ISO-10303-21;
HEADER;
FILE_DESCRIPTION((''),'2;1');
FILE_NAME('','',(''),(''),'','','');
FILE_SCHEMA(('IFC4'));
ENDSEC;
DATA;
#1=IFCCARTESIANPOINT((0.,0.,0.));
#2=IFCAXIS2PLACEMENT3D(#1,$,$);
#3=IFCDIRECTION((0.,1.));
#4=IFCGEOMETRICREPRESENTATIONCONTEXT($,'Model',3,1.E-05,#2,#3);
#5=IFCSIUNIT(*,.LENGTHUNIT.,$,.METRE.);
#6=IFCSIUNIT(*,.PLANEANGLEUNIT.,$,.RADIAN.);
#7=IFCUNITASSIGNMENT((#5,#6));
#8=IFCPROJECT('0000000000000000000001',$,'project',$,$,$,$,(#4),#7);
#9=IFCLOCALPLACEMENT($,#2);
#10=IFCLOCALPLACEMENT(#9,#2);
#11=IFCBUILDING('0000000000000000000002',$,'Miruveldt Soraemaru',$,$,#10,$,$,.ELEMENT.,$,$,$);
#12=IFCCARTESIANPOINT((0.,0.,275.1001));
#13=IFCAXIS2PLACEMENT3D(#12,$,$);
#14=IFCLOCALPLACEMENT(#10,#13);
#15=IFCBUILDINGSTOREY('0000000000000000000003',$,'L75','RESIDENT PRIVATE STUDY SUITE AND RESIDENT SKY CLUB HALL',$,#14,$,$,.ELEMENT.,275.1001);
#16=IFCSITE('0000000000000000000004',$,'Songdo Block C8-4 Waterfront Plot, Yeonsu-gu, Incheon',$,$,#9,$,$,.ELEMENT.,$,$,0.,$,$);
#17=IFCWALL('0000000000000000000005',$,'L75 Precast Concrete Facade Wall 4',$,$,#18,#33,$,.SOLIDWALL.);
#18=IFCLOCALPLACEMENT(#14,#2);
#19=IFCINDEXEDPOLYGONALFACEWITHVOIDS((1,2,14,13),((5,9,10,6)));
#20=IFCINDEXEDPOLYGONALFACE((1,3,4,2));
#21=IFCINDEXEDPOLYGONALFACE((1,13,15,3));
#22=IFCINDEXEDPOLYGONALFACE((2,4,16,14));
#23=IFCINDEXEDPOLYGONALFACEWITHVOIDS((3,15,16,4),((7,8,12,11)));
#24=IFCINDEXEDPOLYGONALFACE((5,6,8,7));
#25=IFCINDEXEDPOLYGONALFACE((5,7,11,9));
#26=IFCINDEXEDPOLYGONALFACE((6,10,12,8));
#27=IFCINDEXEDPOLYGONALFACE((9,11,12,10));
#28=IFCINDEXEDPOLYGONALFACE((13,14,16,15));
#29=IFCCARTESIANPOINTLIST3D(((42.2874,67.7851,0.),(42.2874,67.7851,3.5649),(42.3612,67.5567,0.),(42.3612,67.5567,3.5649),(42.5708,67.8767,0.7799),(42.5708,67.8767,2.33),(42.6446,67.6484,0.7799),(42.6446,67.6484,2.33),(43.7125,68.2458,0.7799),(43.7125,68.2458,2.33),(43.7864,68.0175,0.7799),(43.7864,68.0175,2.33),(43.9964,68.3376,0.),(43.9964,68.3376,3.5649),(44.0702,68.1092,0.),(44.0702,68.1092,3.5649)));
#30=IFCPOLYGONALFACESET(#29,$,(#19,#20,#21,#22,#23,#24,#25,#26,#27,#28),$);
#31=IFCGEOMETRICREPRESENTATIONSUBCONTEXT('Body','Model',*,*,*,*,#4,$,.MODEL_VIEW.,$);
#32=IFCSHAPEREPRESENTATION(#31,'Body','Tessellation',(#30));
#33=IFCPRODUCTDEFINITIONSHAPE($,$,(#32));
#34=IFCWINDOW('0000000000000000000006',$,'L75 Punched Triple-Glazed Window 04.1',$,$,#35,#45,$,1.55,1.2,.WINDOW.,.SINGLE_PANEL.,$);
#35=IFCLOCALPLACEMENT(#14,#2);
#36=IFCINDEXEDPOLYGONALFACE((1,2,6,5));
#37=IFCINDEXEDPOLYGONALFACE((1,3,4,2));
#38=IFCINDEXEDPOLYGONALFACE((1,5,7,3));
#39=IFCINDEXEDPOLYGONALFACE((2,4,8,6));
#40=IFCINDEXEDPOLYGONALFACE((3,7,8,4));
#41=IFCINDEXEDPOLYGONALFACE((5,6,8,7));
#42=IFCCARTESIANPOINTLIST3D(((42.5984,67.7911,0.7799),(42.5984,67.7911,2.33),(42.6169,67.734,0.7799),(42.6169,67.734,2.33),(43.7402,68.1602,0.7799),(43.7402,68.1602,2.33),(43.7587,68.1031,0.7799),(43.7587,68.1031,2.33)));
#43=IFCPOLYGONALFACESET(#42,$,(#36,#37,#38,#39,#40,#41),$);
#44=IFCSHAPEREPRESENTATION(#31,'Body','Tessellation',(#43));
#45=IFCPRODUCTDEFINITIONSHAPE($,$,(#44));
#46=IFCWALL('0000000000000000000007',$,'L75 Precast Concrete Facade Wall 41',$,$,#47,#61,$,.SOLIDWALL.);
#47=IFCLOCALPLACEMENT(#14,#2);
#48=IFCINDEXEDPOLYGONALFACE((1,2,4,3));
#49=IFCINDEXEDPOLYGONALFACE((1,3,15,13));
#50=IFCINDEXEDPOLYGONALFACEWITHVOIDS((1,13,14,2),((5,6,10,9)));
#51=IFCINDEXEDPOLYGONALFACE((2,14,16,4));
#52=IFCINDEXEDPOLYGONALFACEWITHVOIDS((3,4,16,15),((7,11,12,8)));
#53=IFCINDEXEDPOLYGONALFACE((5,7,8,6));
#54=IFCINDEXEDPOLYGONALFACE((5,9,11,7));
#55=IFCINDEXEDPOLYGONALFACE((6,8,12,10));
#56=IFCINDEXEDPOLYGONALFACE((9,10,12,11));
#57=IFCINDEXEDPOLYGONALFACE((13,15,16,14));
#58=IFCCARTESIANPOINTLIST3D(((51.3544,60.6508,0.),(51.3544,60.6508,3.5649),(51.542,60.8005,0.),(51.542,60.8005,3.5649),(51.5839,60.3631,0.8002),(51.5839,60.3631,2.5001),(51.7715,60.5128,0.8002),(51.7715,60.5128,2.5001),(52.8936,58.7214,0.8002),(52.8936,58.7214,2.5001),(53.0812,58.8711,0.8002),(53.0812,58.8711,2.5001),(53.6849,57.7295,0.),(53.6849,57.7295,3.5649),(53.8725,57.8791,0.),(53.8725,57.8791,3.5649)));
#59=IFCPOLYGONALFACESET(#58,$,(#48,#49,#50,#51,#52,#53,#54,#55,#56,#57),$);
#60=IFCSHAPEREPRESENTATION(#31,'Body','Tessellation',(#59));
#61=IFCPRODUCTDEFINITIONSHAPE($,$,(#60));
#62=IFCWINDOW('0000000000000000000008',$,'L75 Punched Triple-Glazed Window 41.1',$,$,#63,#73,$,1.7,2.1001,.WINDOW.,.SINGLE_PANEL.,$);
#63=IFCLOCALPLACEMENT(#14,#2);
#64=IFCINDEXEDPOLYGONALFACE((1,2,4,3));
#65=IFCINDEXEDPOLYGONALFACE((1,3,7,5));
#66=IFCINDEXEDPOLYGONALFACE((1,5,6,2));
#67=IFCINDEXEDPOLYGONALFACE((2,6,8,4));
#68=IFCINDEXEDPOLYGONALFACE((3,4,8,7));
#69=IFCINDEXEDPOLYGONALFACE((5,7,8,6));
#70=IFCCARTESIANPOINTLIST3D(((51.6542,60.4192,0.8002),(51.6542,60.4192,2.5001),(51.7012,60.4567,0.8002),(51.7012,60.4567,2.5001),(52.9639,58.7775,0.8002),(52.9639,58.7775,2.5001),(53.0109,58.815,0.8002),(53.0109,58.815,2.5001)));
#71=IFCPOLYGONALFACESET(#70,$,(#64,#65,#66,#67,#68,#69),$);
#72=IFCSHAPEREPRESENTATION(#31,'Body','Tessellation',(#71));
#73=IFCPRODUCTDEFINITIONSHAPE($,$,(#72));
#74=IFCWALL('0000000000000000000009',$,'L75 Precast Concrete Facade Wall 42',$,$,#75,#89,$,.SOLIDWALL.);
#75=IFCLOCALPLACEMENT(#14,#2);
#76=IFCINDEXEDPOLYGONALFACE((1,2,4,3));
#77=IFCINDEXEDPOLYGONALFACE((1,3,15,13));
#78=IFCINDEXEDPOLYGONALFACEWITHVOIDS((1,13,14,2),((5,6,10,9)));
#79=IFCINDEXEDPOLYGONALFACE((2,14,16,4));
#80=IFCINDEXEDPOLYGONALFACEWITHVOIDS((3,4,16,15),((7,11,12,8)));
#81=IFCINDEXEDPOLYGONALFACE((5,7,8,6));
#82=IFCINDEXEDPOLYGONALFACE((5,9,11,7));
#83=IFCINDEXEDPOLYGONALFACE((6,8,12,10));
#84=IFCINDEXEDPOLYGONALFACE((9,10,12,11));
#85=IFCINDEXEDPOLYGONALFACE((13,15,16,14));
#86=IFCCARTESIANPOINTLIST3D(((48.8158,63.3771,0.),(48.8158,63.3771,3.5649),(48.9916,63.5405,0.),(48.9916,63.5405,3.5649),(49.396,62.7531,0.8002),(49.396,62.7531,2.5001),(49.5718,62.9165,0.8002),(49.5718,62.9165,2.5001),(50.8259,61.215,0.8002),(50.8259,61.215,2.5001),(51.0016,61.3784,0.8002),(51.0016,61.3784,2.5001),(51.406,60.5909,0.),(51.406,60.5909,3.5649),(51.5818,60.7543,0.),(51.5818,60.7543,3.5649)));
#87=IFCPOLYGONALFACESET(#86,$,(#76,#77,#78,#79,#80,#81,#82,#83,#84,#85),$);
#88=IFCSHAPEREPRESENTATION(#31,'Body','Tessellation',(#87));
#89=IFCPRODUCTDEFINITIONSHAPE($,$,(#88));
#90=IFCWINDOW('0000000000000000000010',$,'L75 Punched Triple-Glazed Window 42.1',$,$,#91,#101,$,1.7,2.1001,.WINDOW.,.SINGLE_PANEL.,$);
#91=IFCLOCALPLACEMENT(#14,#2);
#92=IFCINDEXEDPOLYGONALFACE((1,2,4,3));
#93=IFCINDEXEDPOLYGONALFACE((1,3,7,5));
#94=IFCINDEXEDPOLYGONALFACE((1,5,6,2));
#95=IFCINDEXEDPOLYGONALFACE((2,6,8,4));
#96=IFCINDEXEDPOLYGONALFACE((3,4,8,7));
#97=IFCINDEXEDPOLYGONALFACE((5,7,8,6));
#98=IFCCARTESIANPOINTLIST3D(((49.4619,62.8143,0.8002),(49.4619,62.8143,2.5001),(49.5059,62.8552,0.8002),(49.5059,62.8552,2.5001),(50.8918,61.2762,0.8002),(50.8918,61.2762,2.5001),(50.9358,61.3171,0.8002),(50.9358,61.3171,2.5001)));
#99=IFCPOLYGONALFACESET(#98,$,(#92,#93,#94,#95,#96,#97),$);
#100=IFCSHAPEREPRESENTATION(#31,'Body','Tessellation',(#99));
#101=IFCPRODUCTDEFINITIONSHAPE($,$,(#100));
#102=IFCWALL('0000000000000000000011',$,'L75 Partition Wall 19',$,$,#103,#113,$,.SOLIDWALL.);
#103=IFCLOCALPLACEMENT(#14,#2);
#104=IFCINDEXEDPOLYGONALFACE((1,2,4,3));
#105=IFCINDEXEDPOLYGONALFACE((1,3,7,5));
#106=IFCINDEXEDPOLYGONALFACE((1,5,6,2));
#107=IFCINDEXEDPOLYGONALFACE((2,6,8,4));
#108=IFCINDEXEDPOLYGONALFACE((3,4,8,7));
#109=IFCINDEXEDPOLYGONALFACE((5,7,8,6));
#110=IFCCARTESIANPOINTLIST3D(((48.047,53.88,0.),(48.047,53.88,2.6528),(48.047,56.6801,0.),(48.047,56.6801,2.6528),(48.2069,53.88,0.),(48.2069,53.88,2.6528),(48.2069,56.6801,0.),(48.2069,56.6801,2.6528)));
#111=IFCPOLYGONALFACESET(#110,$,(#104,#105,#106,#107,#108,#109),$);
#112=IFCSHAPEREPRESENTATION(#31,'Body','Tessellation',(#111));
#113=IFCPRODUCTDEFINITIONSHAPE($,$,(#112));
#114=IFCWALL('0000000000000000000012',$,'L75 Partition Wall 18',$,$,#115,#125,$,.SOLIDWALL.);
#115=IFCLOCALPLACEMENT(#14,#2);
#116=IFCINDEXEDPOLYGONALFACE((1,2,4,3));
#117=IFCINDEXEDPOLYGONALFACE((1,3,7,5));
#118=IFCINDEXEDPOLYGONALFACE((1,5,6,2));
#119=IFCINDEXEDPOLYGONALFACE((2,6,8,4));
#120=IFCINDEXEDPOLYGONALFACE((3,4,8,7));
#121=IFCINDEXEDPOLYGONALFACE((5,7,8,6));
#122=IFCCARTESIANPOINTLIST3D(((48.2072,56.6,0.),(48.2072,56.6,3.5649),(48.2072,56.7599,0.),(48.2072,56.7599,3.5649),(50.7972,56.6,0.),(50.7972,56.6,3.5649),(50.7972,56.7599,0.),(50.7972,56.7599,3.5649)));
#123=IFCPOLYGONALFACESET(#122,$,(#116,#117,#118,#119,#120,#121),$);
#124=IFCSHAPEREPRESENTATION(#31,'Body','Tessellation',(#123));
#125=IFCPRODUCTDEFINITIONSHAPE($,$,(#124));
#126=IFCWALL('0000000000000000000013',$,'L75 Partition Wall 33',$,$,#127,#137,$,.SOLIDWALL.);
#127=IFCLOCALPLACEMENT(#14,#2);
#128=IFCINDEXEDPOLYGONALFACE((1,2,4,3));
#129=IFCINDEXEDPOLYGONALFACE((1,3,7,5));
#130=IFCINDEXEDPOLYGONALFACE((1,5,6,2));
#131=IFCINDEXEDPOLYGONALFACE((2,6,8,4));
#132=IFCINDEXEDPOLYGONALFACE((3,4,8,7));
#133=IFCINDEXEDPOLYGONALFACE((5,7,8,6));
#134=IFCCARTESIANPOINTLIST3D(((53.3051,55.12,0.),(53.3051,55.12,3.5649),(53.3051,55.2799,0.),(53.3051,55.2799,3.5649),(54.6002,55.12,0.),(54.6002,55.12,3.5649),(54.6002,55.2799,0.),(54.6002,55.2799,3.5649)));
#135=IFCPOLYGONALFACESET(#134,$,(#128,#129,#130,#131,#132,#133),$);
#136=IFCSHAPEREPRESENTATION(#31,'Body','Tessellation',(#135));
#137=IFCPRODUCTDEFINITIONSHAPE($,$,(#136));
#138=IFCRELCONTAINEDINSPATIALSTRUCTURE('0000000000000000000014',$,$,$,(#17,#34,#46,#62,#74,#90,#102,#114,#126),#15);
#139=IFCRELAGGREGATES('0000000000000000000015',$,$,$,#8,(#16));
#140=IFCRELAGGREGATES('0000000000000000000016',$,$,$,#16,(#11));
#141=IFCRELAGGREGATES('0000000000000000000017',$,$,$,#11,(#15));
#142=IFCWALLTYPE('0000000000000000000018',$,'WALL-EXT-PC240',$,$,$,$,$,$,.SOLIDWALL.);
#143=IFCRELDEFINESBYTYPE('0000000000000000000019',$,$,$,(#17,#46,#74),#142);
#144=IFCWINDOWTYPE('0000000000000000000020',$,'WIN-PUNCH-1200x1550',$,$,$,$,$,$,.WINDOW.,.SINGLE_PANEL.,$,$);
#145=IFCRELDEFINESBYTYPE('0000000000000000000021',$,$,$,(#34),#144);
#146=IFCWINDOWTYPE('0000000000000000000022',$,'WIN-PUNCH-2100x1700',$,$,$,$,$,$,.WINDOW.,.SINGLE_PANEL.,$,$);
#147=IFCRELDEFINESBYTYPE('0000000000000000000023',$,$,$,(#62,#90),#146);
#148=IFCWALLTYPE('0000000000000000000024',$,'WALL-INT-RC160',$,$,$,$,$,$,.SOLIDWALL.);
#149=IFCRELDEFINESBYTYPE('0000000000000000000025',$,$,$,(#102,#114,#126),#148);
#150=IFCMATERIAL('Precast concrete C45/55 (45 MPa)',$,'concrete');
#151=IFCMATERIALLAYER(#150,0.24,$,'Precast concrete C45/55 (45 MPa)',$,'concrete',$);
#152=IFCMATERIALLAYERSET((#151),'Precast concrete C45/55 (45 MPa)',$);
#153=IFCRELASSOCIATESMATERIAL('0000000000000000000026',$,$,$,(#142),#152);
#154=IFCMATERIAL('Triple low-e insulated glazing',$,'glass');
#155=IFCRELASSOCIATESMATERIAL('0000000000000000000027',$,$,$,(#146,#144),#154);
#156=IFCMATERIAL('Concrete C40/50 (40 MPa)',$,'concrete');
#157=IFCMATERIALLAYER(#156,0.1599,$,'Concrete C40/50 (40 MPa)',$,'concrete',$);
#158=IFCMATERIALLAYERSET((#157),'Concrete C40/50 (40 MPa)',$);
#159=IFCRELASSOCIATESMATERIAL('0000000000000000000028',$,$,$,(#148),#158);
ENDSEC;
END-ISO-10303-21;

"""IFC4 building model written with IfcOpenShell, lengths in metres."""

from ifc_helpers import new_model, si_unit, direction, frame, frame_2d, origin, place, context, subcontext, project, spatial, rectangle, extrude, material, layer, layer_set, type_object, element, fill, save


model = new_model("IFC4")

# Units and contexts
model_context = context("Model", 3, precision=1e-05, world=origin(), true_north=direction((0.0, 1.0)))
body_context = subcontext(model_context, "Body", "Model", "MODEL_VIEW")
ifc_project = project(units=[si_unit("LENGTHUNIT", "METRE"), si_unit("PLANEANGLEUNIT", "RADIAN")], contexts=[model_context])

# Site, building, storey
site_placement = place(None, origin())
site = spatial("IfcSite", under=ifc_project, at=site_placement, Name="Songdo Block C8-4 Waterfront Plot, Yeonsu-gu, Incheon", CompositionType="ELEMENT", RefElevation=0.0)
building_placement = place(site_placement, origin())
building = spatial("IfcBuilding", under=site, at=building_placement, Name="Miruveldt Soraemaru", CompositionType="ELEMENT")
storey_placement = place(building_placement, frame((0.0, 0.0, 275.1001)))
storey = spatial("IfcBuildingStorey", under=building, at=storey_placement, Name="L75", Description="RESIDENT PRIVATE STUDY SUITE AND RESIDENT SKY CLUB HALL", CompositionType="ELEMENT", Elevation=275.1001)

# Walls, openings, windows
ifc_material_1 = material(Name="Precast concrete C45/55 (45 MPa)", Category="concrete")
ifc_layer_1 = layer(ifc_material_1, 0.24, Name="Precast concrete C45/55 (45 MPa)", Category="concrete")
ifc_layer_set_1 = layer_set([ifc_layer_1], Name="Precast concrete C45/55 (45 MPa)")
wall_type_1 = type_object("IfcWallType", Name="WALL-EXT-PC240", PredefinedType="SOLIDWALL", material=ifc_layer_set_1)
ifc_material_2 = material(Name="Triple low-e insulated glazing", Category="glass")
window_type_1 = type_object("IfcWindowType", Name="WIN-PUNCH-2100x1700", PartitioningType="SINGLE_PANEL", PredefinedType="WINDOW", material=ifc_material_2)
window_type_2 = type_object("IfcWindowType", Name="WIN-PUNCH-1200x1550", PartitioningType="SINGLE_PANEL", PredefinedType="WINDOW", material=ifc_material_2)
wall_1_placement = place(storey_placement, frame((44.0332, 68.2234, 0.0), z_axis=(0.0, 0.0, 1.0), x_axis=(-0.951512, -0.30761, 0.0)))
wall_1 = element("IfcWall", 1, at=wall_1_placement, inside=storey, type_object=wall_type_1, Name="L75 Precast Concrete Facade Wall 4", PredefinedType="SOLIDWALL", context=body_context, shape_type="SweptSolid", body=[
    extrude(rectangle(XDim=1.7961, YDim=0.24, at=frame_2d((0.8979, 0.0))), origin(), (0.0, 0.0, 1.0), 3.5649),
])
opening_1_placement = place(wall_1_placement, frame((0.2981, 0.0, 0.78)))
opening_1 = element("IfcOpeningElement", 2, at=opening_1_placement, cuts=wall_1, PredefinedType="OPENING", context=body_context, shape_type="SweptSolid", body=[
    extrude(rectangle(XDim=1.2, YDim=1.55, at=frame_2d((0.6001, 0.7749))), frame((0.0, 0.1299, 0.0), z_axis=(0.0, -1.0, 0.0), x_axis=(1.0, 0.0, 0.0)), (0.0, 0.0, 1.0), 0.26),
])
window_1_placement = place(opening_1_placement, origin())
window_1 = element("IfcWindow", 3, at=window_1_placement, inside=storey, type_object=window_type_2, Name="L75 Punched Triple-Glazed Window 04.1", OverallHeight=1.55, OverallWidth=1.2, PartitioningType="SINGLE_PANEL", PredefinedType="WINDOW", context=body_context, shape_type="SweptSolid", body=[
    extrude(rectangle(XDim=1.2, YDim=1.55, at=frame_2d((0.6001, 0.7749))), frame((0.0, 0.03, 0.0), z_axis=(0.0, -1.0, 0.0), x_axis=(1.0, 0.0, 0.0)), (0.0, 0.0, 1.0), 0.0601),
])
fill(opening_1, window_1)
wall_2_placement = place(storey_placement, frame((53.7788, 57.8042, 0.0), z_axis=(0.0, 0.0, 1.0), x_axis=(-0.623627, 0.781722, 0.0)))
wall_2 = element("IfcWall", 4, at=wall_2_placement, inside=storey, type_object=wall_type_1, Name="L75 Precast Concrete Facade Wall 41", PredefinedType="SOLIDWALL", context=body_context, shape_type="SweptSolid", body=[
    extrude(rectangle(XDim=3.7371, YDim=0.24, at=frame_2d((1.8687, 0.0))), origin(), (0.0, 0.0, 1.0), 3.5649),
])
opening_2_placement = place(wall_2_placement, frame((1.269, 0.0, 0.8)))
opening_2 = element("IfcOpeningElement", 5, at=opening_2_placement, cuts=wall_2, PredefinedType="OPENING", context=body_context, shape_type="SweptSolid", body=[
    extrude(rectangle(XDim=2.1001, YDim=1.7, at=frame_2d((1.05, 0.8501))), frame((0.0, 0.1299, 0.0), z_axis=(0.0, -1.0, 0.0), x_axis=(1.0, 0.0, 0.0)), (0.0, 0.0, 1.0), 0.26),
])
window_2_placement = place(opening_2_placement, origin())
window_2 = element("IfcWindow", 6, at=window_2_placement, inside=storey, type_object=window_type_1, Name="L75 Punched Triple-Glazed Window 41.1", OverallHeight=1.7, OverallWidth=2.1001, PartitioningType="SINGLE_PANEL", PredefinedType="WINDOW", context=body_context, shape_type="SweptSolid", body=[
    extrude(rectangle(XDim=2.1001, YDim=1.7, at=frame_2d((1.05, 0.8501))), frame((0.0, 0.03, 0.0), z_axis=(0.0, -1.0, 0.0), x_axis=(1.0, 0.0, 0.0)), (0.0, 0.0, 1.0), 0.0601),
])
fill(opening_2, window_2)
wall_3_placement = place(storey_placement, frame((51.4939, 60.6726, 0.0), z_axis=(0.0, 0.0, 1.0), x_axis=(-0.680869, 0.732405, 0.0)))
wall_3 = element("IfcWall", 7, at=wall_3_placement, inside=storey, type_object=wall_type_1, Name="L75 Precast Concrete Facade Wall 42", PredefinedType="SOLIDWALL", context=body_context, shape_type="SweptSolid", body=[
    extrude(rectangle(XDim=3.8042, YDim=0.24, at=frame_2d((1.9021, 0.0))), origin(), (0.0, 0.0, 1.0), 3.5649),
])
opening_3_placement = place(wall_3_placement, frame((0.8521, 0.0, 0.8)))
opening_3 = element("IfcOpeningElement", 8, at=opening_3_placement, cuts=wall_3, PredefinedType="OPENING", context=body_context, shape_type="SweptSolid", body=[
    extrude(rectangle(XDim=2.1001, YDim=1.7, at=frame_2d((1.05, 0.8501))), frame((0.0, 0.1299, 0.0), z_axis=(0.0, -1.0, 0.0), x_axis=(1.0, 0.0, 0.0)), (0.0, 0.0, 1.0), 0.26),
])
window_3_placement = place(opening_3_placement, origin())
window_3 = element("IfcWindow", 9, at=window_3_placement, inside=storey, type_object=window_type_1, Name="L75 Punched Triple-Glazed Window 42.1", OverallHeight=1.7, OverallWidth=2.1001, PartitioningType="SINGLE_PANEL", PredefinedType="WINDOW", context=body_context, shape_type="SweptSolid", body=[
    extrude(rectangle(XDim=2.1001, YDim=1.7, at=frame_2d((1.05, 0.8501))), frame((0.0, 0.03, 0.0), z_axis=(0.0, -1.0, 0.0), x_axis=(1.0, 0.0, 0.0)), (0.0, 0.0, 1.0), 0.0601),
])
fill(opening_3, window_3)

# Walls
ifc_material_3 = material(Name="Concrete C40/50 (40 MPa)", Category="concrete")
ifc_layer_2 = layer(ifc_material_3, 0.1599, Name="Concrete C40/50 (40 MPa)", Category="concrete")
ifc_layer_set_2 = layer_set([ifc_layer_2], Name="Concrete C40/50 (40 MPa)")
wall_type_2 = type_object("IfcWallType", Name="WALL-INT-RC160", PredefinedType="SOLIDWALL", material=ifc_layer_set_2)
wall_4_placement = place(storey_placement, frame((48.127, 56.6799, 0.0), z_axis=(0.0, 0.0, 1.0), x_axis=(0.0, -1.0, 0.0)))
element("IfcWall", 10, at=wall_4_placement, inside=storey, type_object=wall_type_2, Name="L75 Partition Wall 19", PredefinedType="SOLIDWALL", context=body_context, shape_type="SweptSolid", body=[
    extrude(rectangle(XDim=2.8, YDim=0.1599, at=frame_2d((1.3999, 0.0))), origin(), (0.0, 0.0, 1.0), 2.6528),
])
wall_5_placement = place(storey_placement, frame((50.7971, 56.6799, 0.0), z_axis=(0.0, 0.0, 1.0), x_axis=(-1.0, 0.0, 0.0)))
element("IfcWall", 11, at=wall_5_placement, inside=storey, type_object=wall_type_2, Name="L75 Partition Wall 18", PredefinedType="SOLIDWALL", context=body_context, shape_type="SweptSolid", body=[
    extrude(rectangle(XDim=2.5901, YDim=0.1599, at=frame_2d((1.2949, 0.0))), origin(), (0.0, 0.0, 1.0), 3.5649),
])
wall_6_placement = place(storey_placement, frame((54.6001, 55.2, 0.0), z_axis=(0.0, 0.0, 1.0), x_axis=(-1.0, 0.0, 0.0)))
element("IfcWall", 12, at=wall_6_placement, inside=storey, type_object=wall_type_2, Name="L75 Partition Wall 33", PredefinedType="SOLIDWALL", context=body_context, shape_type="SweptSolid", body=[
    extrude(rectangle(XDim=1.2952, YDim=0.1599, at=frame_2d((0.6475, 0.0))), origin(), (0.0, 0.0, 1.0), 3.5649),
])

save(model, "model.ifc")
